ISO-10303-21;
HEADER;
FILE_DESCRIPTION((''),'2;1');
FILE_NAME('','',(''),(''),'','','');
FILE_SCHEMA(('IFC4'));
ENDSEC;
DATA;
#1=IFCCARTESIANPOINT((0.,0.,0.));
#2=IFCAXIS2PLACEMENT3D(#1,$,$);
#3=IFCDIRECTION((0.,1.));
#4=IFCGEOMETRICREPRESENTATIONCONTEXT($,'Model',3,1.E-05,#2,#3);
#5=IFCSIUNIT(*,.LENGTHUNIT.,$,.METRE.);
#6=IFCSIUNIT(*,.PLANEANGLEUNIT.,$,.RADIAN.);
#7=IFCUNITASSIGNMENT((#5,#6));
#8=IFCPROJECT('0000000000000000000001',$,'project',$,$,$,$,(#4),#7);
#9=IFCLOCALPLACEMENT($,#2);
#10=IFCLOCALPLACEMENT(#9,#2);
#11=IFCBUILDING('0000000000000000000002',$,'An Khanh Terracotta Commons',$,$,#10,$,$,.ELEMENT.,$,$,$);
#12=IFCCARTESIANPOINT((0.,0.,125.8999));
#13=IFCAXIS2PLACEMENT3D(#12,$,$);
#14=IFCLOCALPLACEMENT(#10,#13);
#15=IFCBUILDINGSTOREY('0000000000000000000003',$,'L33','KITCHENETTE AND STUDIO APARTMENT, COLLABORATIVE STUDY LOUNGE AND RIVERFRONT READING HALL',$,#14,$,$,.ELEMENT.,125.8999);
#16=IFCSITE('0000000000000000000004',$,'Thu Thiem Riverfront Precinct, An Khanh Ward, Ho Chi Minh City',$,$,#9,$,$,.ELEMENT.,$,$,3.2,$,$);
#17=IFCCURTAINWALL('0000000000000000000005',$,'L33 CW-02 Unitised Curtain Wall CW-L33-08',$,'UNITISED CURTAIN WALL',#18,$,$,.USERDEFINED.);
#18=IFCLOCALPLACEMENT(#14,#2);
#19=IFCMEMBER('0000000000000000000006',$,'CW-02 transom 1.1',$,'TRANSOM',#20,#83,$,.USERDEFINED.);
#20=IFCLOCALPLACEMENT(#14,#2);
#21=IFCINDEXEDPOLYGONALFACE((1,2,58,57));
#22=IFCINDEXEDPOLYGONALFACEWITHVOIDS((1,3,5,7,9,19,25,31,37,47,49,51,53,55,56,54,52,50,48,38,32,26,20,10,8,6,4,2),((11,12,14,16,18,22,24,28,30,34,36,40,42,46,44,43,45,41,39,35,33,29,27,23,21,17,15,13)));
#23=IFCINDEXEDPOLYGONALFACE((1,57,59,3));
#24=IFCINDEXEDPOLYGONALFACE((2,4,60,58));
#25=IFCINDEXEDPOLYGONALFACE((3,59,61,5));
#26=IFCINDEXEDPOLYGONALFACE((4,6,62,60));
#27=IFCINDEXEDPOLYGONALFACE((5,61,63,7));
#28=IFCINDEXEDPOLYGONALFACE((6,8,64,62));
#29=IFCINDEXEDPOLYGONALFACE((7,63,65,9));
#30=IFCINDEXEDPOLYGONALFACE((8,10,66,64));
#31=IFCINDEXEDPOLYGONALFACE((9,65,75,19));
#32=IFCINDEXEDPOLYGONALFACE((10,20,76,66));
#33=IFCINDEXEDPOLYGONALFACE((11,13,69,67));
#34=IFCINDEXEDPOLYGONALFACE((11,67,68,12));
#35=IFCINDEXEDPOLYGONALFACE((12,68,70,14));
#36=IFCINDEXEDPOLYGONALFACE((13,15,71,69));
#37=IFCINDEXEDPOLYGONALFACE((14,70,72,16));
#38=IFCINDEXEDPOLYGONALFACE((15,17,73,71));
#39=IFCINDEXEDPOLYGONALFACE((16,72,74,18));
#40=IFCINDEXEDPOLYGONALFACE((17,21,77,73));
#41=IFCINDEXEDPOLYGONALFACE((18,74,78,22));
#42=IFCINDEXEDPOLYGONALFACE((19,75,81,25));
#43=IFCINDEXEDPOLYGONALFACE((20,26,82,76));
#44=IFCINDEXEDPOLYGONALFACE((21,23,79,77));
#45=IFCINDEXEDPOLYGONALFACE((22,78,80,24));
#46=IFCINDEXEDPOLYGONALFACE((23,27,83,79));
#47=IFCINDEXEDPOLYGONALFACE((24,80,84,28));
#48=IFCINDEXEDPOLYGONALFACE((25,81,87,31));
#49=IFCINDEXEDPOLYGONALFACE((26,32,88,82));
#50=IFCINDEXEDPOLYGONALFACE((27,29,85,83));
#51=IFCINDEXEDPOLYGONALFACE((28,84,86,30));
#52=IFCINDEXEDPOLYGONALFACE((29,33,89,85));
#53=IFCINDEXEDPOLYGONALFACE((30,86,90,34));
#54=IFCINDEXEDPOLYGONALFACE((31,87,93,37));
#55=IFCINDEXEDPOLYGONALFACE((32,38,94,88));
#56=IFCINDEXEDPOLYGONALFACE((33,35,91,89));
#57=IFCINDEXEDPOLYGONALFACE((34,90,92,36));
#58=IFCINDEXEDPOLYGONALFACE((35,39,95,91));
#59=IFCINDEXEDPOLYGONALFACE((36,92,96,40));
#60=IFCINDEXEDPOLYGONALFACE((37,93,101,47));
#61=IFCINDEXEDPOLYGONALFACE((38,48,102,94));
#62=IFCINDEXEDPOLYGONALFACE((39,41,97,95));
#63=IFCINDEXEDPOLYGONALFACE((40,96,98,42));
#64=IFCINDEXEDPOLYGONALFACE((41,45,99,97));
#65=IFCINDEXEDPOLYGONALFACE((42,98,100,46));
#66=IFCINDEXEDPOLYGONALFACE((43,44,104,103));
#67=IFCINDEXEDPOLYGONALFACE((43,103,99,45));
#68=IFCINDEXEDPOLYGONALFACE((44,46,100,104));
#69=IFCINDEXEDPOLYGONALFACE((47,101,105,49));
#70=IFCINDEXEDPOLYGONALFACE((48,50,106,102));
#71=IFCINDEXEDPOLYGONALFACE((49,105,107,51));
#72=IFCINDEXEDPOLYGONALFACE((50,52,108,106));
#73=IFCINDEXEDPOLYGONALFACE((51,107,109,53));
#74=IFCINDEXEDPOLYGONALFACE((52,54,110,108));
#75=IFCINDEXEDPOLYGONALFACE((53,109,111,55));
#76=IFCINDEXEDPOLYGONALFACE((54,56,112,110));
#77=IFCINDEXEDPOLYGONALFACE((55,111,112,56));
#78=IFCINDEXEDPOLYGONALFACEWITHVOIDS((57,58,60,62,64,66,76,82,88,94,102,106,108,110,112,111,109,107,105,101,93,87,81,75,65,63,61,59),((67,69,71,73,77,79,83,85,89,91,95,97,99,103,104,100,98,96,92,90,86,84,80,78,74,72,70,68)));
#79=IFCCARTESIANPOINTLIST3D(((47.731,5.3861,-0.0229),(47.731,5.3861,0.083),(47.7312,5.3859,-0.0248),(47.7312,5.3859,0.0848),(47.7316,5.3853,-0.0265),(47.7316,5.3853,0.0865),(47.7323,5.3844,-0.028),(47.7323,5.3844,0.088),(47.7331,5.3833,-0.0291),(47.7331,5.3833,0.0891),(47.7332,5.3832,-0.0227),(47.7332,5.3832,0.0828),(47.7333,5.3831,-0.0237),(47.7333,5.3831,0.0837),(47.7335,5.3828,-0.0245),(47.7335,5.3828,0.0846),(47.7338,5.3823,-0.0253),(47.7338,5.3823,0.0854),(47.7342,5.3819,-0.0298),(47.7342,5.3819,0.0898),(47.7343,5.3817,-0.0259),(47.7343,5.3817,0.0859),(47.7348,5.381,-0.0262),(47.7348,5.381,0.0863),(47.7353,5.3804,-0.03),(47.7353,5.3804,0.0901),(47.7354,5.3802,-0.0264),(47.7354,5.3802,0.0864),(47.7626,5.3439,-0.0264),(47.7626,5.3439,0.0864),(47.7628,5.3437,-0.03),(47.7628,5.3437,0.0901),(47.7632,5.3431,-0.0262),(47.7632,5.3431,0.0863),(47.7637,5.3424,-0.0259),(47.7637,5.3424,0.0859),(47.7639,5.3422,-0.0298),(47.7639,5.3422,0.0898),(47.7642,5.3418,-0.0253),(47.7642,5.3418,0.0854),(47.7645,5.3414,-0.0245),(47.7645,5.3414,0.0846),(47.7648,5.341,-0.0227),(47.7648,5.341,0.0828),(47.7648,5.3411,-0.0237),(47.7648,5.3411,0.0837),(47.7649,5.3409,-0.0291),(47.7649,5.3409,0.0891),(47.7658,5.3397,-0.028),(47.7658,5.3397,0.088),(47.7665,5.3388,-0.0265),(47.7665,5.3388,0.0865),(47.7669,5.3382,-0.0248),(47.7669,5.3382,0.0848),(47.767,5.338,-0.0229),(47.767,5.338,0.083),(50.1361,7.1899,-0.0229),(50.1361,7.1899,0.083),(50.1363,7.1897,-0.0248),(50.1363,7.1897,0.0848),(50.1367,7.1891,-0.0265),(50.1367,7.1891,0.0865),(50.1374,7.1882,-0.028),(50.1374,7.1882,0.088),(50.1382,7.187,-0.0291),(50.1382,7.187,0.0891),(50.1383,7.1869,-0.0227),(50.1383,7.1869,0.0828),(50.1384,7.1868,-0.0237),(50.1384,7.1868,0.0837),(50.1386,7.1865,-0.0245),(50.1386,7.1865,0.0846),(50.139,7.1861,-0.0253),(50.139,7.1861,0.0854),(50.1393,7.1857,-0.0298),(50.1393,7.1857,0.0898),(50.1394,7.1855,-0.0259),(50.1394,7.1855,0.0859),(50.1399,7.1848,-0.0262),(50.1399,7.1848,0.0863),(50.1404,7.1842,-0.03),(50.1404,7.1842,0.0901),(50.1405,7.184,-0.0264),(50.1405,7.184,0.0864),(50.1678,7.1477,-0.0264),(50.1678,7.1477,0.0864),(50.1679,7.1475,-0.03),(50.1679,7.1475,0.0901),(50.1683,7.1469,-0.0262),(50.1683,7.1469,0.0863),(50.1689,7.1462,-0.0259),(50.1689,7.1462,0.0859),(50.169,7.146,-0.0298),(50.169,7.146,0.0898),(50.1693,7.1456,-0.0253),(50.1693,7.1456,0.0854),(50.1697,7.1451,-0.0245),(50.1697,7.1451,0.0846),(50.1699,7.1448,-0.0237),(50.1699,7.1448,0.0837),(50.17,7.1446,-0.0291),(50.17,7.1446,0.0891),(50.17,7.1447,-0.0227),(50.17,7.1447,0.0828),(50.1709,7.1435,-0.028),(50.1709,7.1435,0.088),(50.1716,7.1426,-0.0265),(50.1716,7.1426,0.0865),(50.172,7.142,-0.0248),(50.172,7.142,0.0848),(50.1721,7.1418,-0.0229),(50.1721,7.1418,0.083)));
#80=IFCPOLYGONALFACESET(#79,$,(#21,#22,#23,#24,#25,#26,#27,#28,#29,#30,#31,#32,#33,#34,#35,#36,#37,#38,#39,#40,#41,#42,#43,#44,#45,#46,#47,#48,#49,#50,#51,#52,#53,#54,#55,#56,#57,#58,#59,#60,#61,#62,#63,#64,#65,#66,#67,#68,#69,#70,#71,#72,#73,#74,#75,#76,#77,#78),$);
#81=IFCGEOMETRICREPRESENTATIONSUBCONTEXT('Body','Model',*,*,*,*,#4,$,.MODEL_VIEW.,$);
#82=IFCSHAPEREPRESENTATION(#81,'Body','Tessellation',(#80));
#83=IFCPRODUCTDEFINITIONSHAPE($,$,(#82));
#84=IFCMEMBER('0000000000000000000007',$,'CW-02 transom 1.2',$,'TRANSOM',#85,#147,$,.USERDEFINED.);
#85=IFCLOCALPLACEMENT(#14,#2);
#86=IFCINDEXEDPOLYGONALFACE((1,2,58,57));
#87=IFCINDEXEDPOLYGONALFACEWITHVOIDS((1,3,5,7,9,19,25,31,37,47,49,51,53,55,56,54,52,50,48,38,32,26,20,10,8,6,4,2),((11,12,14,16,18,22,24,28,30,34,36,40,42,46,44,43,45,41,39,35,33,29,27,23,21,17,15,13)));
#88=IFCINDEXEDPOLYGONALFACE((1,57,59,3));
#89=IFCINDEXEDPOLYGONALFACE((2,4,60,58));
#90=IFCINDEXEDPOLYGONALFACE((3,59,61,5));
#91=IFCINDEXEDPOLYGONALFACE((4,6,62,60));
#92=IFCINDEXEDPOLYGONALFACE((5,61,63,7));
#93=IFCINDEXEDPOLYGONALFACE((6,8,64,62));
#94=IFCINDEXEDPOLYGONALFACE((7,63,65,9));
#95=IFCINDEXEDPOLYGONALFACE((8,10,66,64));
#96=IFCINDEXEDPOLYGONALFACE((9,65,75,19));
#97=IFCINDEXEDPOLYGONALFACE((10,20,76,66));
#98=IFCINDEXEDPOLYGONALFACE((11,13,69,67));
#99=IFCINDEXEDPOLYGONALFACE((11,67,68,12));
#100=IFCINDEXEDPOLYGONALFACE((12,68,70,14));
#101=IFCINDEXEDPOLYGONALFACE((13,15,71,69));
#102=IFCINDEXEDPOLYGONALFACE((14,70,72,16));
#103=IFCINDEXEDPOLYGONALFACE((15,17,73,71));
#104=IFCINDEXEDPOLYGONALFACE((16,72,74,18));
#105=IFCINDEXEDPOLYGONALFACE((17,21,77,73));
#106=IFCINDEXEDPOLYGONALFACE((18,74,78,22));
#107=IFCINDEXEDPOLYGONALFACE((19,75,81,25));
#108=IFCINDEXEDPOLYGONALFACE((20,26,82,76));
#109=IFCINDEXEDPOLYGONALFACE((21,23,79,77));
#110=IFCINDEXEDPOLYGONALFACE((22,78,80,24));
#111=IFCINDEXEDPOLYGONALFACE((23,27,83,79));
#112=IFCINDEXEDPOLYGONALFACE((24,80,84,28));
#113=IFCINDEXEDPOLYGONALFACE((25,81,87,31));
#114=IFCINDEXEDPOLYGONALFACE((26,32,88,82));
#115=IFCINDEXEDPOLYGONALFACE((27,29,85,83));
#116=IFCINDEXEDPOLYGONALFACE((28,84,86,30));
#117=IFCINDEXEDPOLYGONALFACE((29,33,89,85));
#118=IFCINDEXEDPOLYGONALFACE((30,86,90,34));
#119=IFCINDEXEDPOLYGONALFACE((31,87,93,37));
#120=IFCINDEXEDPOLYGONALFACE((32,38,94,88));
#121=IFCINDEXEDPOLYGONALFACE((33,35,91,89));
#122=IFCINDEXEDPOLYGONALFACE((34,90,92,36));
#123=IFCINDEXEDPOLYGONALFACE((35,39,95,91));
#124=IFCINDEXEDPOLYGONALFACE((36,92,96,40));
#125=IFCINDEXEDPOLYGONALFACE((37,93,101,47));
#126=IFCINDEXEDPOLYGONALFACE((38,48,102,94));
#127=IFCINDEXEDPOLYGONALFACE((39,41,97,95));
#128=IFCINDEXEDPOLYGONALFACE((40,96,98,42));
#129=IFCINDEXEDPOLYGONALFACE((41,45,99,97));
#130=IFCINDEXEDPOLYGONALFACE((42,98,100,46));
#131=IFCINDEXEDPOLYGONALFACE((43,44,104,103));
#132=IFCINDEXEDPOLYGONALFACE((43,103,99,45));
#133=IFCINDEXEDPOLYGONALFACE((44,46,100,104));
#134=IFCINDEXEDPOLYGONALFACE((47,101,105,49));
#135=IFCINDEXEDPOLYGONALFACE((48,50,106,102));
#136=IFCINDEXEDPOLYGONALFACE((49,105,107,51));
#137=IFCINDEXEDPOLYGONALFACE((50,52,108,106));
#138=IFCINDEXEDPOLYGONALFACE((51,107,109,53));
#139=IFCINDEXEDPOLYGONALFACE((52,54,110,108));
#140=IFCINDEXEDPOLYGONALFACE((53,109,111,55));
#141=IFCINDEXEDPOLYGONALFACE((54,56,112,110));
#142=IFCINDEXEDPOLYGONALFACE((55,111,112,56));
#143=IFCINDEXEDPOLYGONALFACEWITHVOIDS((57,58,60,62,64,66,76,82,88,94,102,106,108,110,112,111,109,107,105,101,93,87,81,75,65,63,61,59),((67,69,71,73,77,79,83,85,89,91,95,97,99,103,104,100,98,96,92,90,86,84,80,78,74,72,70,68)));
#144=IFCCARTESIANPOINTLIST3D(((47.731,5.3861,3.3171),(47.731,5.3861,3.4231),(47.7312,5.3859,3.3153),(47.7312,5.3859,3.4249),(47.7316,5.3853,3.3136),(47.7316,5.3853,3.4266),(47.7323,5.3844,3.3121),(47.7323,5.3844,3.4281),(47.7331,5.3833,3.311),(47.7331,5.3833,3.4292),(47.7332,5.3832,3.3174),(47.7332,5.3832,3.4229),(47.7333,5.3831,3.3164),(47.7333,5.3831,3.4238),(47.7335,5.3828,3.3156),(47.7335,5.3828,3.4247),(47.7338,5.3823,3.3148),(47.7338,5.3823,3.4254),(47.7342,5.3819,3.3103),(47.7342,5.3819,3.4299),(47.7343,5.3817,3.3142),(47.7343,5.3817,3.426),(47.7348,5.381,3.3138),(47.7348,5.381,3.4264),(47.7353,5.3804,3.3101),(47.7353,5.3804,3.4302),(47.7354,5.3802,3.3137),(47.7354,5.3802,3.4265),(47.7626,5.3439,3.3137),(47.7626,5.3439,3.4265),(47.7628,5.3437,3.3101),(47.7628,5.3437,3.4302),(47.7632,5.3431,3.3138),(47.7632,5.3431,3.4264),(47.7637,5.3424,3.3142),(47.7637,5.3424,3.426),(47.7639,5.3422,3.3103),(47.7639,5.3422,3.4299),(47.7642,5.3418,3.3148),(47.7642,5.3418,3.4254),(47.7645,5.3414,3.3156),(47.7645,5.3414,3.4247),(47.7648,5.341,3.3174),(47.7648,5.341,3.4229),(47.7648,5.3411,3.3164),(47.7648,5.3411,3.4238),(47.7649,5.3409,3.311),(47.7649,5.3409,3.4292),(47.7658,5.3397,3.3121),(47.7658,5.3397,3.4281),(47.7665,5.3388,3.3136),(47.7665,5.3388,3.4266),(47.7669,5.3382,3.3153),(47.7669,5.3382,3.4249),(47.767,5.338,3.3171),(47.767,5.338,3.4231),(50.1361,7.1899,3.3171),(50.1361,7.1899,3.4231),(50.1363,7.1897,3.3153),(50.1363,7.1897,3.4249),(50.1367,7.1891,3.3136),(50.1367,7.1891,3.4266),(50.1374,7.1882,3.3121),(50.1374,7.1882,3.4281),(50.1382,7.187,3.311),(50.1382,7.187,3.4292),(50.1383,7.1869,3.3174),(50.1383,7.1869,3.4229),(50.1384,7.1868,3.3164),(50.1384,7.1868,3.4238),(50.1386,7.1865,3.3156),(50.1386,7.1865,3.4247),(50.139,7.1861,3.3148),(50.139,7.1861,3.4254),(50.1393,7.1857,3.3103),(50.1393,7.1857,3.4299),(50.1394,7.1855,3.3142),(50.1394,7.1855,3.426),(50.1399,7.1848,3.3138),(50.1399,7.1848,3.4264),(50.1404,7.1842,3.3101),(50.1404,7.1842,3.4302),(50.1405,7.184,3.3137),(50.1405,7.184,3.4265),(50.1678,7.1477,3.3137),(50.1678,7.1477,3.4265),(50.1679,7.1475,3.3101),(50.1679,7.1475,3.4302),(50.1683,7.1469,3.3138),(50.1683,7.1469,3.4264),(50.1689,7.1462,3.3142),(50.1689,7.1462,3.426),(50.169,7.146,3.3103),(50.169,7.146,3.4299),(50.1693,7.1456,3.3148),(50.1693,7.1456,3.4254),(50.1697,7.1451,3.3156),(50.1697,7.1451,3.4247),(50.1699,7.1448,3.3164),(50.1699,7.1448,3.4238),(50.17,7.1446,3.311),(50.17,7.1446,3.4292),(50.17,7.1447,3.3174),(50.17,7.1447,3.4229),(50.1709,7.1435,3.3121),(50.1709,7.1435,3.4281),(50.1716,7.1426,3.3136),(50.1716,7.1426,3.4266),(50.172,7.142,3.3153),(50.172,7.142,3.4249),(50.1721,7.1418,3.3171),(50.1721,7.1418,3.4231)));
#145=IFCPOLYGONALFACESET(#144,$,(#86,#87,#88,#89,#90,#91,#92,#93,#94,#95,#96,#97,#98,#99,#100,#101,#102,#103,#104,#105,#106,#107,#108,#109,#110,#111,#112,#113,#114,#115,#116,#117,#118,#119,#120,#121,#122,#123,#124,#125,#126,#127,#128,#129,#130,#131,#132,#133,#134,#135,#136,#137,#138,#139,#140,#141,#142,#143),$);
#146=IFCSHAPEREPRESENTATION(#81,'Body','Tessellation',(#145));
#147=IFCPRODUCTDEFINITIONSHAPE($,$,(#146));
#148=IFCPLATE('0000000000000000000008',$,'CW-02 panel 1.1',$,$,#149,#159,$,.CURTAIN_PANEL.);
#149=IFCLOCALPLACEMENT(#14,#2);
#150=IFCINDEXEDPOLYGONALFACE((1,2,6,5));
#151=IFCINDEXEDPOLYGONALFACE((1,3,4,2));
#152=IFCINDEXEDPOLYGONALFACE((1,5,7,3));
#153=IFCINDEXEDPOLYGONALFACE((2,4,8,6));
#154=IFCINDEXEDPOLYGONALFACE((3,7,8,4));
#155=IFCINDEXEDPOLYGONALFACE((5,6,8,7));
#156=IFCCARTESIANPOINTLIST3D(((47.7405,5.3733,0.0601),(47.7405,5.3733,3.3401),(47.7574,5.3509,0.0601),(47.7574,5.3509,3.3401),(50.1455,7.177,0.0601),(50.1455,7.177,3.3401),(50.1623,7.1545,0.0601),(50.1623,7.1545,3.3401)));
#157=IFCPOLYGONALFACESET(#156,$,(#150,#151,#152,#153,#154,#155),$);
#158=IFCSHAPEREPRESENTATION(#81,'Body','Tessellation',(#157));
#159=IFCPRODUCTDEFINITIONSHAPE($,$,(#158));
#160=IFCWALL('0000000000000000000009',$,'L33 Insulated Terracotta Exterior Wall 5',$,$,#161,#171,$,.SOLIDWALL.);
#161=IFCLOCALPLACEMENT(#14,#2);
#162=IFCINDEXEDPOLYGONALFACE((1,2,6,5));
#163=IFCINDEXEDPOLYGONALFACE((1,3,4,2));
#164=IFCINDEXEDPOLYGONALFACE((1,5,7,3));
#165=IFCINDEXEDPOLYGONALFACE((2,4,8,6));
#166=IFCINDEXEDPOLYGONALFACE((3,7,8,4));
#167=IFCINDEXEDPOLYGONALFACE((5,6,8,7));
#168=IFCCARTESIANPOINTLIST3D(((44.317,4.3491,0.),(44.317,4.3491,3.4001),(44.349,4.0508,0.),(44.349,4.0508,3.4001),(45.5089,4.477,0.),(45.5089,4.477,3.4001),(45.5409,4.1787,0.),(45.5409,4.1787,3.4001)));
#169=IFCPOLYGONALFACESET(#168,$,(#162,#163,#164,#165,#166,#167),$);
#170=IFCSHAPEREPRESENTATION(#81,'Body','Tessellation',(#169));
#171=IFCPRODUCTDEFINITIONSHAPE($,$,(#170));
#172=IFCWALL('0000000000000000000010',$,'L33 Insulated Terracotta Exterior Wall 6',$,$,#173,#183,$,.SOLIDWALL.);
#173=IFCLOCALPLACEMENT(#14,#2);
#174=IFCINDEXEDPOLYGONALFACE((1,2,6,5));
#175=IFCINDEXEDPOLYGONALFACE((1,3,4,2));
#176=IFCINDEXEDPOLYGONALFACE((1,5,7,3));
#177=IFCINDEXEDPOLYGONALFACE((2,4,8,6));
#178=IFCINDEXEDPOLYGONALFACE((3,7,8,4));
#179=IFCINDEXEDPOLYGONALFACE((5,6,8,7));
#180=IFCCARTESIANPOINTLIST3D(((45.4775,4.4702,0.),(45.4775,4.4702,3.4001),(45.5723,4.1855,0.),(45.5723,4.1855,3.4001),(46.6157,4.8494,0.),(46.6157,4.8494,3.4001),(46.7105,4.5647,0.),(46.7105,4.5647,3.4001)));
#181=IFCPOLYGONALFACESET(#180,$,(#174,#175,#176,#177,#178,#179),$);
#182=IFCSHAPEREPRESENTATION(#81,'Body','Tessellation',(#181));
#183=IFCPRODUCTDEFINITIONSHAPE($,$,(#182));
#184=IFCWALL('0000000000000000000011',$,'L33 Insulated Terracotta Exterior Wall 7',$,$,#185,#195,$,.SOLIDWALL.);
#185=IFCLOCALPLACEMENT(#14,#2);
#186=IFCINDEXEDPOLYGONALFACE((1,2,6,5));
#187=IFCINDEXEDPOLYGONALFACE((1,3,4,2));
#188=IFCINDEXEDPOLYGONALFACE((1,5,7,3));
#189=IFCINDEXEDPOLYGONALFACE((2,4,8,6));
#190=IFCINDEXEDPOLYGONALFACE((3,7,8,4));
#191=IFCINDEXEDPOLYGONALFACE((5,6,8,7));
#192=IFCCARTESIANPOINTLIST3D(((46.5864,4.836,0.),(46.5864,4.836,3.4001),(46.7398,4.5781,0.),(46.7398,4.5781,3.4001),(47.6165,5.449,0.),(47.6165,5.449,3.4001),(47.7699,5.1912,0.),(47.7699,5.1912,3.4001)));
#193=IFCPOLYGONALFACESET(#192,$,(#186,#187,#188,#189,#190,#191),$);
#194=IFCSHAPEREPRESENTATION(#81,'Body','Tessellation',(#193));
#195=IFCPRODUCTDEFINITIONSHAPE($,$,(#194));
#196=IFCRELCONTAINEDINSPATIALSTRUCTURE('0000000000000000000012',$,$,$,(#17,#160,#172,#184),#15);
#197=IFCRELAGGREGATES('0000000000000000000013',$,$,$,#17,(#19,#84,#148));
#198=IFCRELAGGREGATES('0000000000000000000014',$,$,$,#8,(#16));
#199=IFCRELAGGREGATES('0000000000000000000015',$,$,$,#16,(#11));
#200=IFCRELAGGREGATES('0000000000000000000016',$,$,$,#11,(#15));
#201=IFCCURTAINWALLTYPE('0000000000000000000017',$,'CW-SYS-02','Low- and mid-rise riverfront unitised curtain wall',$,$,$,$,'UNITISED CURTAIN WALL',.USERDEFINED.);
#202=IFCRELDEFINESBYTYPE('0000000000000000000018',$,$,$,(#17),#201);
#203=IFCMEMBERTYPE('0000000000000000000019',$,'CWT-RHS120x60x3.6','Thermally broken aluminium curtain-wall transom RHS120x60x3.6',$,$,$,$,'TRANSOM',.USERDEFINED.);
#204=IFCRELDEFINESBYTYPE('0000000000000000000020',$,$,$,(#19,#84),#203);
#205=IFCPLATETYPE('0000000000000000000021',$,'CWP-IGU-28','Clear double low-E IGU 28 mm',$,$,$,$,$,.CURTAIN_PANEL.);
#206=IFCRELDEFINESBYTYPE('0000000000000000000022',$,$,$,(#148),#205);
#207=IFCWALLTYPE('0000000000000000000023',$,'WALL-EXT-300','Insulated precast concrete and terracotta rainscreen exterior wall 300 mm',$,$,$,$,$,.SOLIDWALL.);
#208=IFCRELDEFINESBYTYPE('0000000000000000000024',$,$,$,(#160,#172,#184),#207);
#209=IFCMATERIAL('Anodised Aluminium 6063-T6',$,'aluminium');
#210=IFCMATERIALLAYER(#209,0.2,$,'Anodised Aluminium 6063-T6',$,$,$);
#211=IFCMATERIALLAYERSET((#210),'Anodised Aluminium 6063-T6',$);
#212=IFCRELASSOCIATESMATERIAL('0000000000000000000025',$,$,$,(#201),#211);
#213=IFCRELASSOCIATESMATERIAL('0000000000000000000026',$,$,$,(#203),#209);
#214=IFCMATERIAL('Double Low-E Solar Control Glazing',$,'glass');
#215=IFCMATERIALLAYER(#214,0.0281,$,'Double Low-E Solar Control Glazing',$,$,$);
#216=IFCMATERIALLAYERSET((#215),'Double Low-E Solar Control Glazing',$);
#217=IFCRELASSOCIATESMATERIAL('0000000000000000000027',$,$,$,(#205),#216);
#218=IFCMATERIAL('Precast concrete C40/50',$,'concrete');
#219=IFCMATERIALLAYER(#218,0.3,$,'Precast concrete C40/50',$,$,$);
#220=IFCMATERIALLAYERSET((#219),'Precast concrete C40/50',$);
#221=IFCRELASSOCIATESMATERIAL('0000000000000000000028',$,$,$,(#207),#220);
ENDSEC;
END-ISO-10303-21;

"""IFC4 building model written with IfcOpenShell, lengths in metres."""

from ifc_helpers import new_model, si_unit, direction, frame, frame_2d, origin, origin_2d, place, context, subcontext, project, spatial, rectangle, hollow_rectangle, extrude, material, layer, layer_set, material_profile, profile_set, type_object, element, aggregate, save


model = new_model("IFC4")

# Units and contexts
model_context = context("Model", 3, precision=1e-05, world=origin(), true_north=direction((0.0, 1.0)))
body_context = subcontext(model_context, "Body", "Model", "MODEL_VIEW")
ifc_project = project(units=[si_unit("LENGTHUNIT", "METRE"), si_unit("PLANEANGLEUNIT", "RADIAN")], contexts=[model_context])

# Site, building, storey
site_placement = place(None, origin())
site = spatial("IfcSite", under=ifc_project, at=site_placement, Name="Thu Thiem Riverfront Precinct, An Khanh Ward, Ho Chi Minh City", CompositionType="ELEMENT", RefElevation=3.2)
building_placement = place(site_placement, origin())
building = spatial("IfcBuilding", under=site, at=building_placement, Name="An Khanh Terracotta Commons", CompositionType="ELEMENT")
storey_placement = place(building_placement, frame((0.0, 0.0, 125.8999)))
storey = spatial("IfcBuildingStorey", under=building, at=storey_placement, Name="L33", Description="KITCHENETTE AND STUDIO APARTMENT, COLLABORATIVE STUDY LOUNGE AND RIVERFRONT READING HALL", CompositionType="ELEMENT", Elevation=125.8999)

# Curtain wall, members, plate
ifc_material_1 = material(Name="Anodised Aluminium 6063-T6", Category="aluminium")
ifc_layer_1 = layer(ifc_material_1, 0.2, Name="Anodised Aluminium 6063-T6")
ifc_layer_set_1 = layer_set([ifc_layer_1], Name="Anodised Aluminium 6063-T6")
curtain_wall_type = type_object("IfcCurtainWallType", Name="CW-SYS-02", Description="Low- and mid-rise riverfront unitised curtain wall", ElementType="UNITISED CURTAIN WALL", PredefinedType="USERDEFINED", material=ifc_layer_set_1)
curtain_wall_placement = place(storey_placement, origin())
curtain_wall = element("IfcCurtainWall", 1, at=curtain_wall_placement, inside=storey, type_object=curtain_wall_type, Name="L33 CW-02 Unitised Curtain Wall CW-L33-08", ObjectType="UNITISED CURTAIN WALL", PredefinedType="USERDEFINED")
ifc_material_profile_1 = material_profile(ifc_material_1, hollow_rectangle(XDim=0.0601, YDim=0.1201, WallThickness=0.0037, InnerFilletRadius=0.0037, OuterFilletRadius=0.0071, at=origin_2d()), Name="RHS120x60x3.6")
ifc_profile_set_1 = profile_set([ifc_material_profile_1], Name="Anodised Aluminium 6063-T6")
member_type_1 = type_object("IfcMemberType", Name="CWT-RHS120x60x3.6", Description="Thermally broken aluminium curtain-wall transom RHS120x60x3.6", ElementType="TRANSOM", PredefinedType="USERDEFINED", material=ifc_profile_set_1)
member_1_placement = place(storey_placement, frame((47.749, 5.3621, 0.03), z_axis=(0.80001, 0.599987, 0.0), x_axis=(-0.599987, 0.80001, 0.0)))
member_1 = element("IfcMember", 2, at=member_1_placement, type_object=member_type_1, Name="CW-02 transom 1.1", ObjectType="TRANSOM", PredefinedType="USERDEFINED", context=body_context, shape_type="SweptSolid", body=[
    extrude(hollow_rectangle(XDim=0.0601, YDim=0.1201, WallThickness=0.0037, InnerFilletRadius=0.0037, OuterFilletRadius=0.0071, at=origin_2d()), origin(), (0.0, 0.0, 1.0), 3.0063),
])
member_2_placement = place(storey_placement, frame((47.749, 5.3621, 3.3701), z_axis=(0.80001, 0.599987, 0.0), x_axis=(-0.599987, 0.80001, 0.0)))
member_2 = element("IfcMember", 3, at=member_2_placement, type_object=member_type_1, Name="CW-02 transom 1.2", ObjectType="TRANSOM", PredefinedType="USERDEFINED", context=body_context, shape_type="SweptSolid", body=[
    extrude(hollow_rectangle(XDim=0.0601, YDim=0.1201, WallThickness=0.0037, InnerFilletRadius=0.0037, OuterFilletRadius=0.0071, at=origin_2d()), origin(), (0.0, 0.0, 1.0), 3.0063),
])
ifc_material_2 = material(Name="Double Low-E Solar Control Glazing", Category="glass")
ifc_layer_2 = layer(ifc_material_2, 0.0281, Name="Double Low-E Solar Control Glazing")
ifc_layer_set_2 = layer_set([ifc_layer_2], Name="Double Low-E Solar Control Glazing")
plate_type = type_object("IfcPlateType", Name="CWP-IGU-28", Description="Clear double low-E IGU 28 mm", PredefinedType="CURTAIN_PANEL", material=ifc_layer_set_2)
plate_placement = place(storey_placement, frame((48.9514, 6.2639, 0.0601), z_axis=(0.0, 0.0, 1.0), x_axis=(0.800013, 0.599983, 0.0)))
plate = element("IfcPlate", 4, at=plate_placement, type_object=plate_type, Name="CW-02 panel 1.1", PredefinedType="CURTAIN_PANEL", context=body_context, shape_type="SweptSolid", body=[
    extrude(rectangle(XDim=3.0061, YDim=0.0281, at=origin_2d()), origin(), (0.0, 0.0, 1.0), 3.28),
])
aggregate(curtain_wall, [member_1, member_2, plate])

# Walls
ifc_material_3 = material(Name="Precast concrete C40/50", Category="concrete")
ifc_layer_3 = layer(ifc_material_3, 0.3, Name="Precast concrete C40/50")
ifc_layer_set_3 = layer_set([ifc_layer_3], Name="Precast concrete C40/50")
wall_type_1 = type_object("IfcWallType", Name="WALL-EXT-300", Description="Insulated precast concrete and terracotta rainscreen exterior wall 300 mm", PredefinedType="SOLIDWALL", material=ifc_layer_set_3)
wall_1_placement = place(storey_placement, frame((44.333, 4.2, 0.0), z_axis=(0.0, 0.0, 1.0), x_axis=(0.994289, 0.10672, 0.0)))
element("IfcWall", 5, at=wall_1_placement, inside=storey, type_object=wall_type_1, Name="L33 Insulated Terracotta Exterior Wall 5", PredefinedType="SOLIDWALL", context=body_context, shape_type="SweptSolid", body=[
    extrude(rectangle(XDim=1.1987, YDim=0.3, at=frame_2d((0.5994, 0.0))), origin(), (0.0, 0.0, 1.0), 3.4001),
])
wall_2_placement = place(storey_placement, frame((45.5249, 4.3279, 0.0), z_axis=(0.0, 0.0, 1.0), x_axis=(0.948744, 0.316045, 0.0)))
element("IfcWall", 6, at=wall_2_placement, inside=storey, type_object=wall_type_1, Name="L33 Insulated Terracotta Exterior Wall 6", PredefinedType="SOLIDWALL", context=body_context, shape_type="SweptSolid", body=[
    extrude(rectangle(XDim=1.1997, YDim=0.3, at=frame_2d((0.5999, 0.0))), origin(), (0.0, 0.0, 1.0), 3.4001),
])
wall_3_placement = place(storey_placement, frame((46.6631, 4.707, 0.0), z_axis=(0.0, 0.0, 1.0), x_axis=(0.859321, 0.511437, 0.0)))
element("IfcWall", 7, at=wall_3_placement, inside=storey, type_object=wall_type_1, Name="L33 Insulated Terracotta Exterior Wall 7", PredefinedType="SOLIDWALL", context=body_context, shape_type="SweptSolid", body=[
    extrude(rectangle(XDim=1.1987, YDim=0.3, at=frame_2d((0.5994, 0.0))), origin(), (0.0, 0.0, 1.0), 3.4001),
])

save(model, "model.ifc")
